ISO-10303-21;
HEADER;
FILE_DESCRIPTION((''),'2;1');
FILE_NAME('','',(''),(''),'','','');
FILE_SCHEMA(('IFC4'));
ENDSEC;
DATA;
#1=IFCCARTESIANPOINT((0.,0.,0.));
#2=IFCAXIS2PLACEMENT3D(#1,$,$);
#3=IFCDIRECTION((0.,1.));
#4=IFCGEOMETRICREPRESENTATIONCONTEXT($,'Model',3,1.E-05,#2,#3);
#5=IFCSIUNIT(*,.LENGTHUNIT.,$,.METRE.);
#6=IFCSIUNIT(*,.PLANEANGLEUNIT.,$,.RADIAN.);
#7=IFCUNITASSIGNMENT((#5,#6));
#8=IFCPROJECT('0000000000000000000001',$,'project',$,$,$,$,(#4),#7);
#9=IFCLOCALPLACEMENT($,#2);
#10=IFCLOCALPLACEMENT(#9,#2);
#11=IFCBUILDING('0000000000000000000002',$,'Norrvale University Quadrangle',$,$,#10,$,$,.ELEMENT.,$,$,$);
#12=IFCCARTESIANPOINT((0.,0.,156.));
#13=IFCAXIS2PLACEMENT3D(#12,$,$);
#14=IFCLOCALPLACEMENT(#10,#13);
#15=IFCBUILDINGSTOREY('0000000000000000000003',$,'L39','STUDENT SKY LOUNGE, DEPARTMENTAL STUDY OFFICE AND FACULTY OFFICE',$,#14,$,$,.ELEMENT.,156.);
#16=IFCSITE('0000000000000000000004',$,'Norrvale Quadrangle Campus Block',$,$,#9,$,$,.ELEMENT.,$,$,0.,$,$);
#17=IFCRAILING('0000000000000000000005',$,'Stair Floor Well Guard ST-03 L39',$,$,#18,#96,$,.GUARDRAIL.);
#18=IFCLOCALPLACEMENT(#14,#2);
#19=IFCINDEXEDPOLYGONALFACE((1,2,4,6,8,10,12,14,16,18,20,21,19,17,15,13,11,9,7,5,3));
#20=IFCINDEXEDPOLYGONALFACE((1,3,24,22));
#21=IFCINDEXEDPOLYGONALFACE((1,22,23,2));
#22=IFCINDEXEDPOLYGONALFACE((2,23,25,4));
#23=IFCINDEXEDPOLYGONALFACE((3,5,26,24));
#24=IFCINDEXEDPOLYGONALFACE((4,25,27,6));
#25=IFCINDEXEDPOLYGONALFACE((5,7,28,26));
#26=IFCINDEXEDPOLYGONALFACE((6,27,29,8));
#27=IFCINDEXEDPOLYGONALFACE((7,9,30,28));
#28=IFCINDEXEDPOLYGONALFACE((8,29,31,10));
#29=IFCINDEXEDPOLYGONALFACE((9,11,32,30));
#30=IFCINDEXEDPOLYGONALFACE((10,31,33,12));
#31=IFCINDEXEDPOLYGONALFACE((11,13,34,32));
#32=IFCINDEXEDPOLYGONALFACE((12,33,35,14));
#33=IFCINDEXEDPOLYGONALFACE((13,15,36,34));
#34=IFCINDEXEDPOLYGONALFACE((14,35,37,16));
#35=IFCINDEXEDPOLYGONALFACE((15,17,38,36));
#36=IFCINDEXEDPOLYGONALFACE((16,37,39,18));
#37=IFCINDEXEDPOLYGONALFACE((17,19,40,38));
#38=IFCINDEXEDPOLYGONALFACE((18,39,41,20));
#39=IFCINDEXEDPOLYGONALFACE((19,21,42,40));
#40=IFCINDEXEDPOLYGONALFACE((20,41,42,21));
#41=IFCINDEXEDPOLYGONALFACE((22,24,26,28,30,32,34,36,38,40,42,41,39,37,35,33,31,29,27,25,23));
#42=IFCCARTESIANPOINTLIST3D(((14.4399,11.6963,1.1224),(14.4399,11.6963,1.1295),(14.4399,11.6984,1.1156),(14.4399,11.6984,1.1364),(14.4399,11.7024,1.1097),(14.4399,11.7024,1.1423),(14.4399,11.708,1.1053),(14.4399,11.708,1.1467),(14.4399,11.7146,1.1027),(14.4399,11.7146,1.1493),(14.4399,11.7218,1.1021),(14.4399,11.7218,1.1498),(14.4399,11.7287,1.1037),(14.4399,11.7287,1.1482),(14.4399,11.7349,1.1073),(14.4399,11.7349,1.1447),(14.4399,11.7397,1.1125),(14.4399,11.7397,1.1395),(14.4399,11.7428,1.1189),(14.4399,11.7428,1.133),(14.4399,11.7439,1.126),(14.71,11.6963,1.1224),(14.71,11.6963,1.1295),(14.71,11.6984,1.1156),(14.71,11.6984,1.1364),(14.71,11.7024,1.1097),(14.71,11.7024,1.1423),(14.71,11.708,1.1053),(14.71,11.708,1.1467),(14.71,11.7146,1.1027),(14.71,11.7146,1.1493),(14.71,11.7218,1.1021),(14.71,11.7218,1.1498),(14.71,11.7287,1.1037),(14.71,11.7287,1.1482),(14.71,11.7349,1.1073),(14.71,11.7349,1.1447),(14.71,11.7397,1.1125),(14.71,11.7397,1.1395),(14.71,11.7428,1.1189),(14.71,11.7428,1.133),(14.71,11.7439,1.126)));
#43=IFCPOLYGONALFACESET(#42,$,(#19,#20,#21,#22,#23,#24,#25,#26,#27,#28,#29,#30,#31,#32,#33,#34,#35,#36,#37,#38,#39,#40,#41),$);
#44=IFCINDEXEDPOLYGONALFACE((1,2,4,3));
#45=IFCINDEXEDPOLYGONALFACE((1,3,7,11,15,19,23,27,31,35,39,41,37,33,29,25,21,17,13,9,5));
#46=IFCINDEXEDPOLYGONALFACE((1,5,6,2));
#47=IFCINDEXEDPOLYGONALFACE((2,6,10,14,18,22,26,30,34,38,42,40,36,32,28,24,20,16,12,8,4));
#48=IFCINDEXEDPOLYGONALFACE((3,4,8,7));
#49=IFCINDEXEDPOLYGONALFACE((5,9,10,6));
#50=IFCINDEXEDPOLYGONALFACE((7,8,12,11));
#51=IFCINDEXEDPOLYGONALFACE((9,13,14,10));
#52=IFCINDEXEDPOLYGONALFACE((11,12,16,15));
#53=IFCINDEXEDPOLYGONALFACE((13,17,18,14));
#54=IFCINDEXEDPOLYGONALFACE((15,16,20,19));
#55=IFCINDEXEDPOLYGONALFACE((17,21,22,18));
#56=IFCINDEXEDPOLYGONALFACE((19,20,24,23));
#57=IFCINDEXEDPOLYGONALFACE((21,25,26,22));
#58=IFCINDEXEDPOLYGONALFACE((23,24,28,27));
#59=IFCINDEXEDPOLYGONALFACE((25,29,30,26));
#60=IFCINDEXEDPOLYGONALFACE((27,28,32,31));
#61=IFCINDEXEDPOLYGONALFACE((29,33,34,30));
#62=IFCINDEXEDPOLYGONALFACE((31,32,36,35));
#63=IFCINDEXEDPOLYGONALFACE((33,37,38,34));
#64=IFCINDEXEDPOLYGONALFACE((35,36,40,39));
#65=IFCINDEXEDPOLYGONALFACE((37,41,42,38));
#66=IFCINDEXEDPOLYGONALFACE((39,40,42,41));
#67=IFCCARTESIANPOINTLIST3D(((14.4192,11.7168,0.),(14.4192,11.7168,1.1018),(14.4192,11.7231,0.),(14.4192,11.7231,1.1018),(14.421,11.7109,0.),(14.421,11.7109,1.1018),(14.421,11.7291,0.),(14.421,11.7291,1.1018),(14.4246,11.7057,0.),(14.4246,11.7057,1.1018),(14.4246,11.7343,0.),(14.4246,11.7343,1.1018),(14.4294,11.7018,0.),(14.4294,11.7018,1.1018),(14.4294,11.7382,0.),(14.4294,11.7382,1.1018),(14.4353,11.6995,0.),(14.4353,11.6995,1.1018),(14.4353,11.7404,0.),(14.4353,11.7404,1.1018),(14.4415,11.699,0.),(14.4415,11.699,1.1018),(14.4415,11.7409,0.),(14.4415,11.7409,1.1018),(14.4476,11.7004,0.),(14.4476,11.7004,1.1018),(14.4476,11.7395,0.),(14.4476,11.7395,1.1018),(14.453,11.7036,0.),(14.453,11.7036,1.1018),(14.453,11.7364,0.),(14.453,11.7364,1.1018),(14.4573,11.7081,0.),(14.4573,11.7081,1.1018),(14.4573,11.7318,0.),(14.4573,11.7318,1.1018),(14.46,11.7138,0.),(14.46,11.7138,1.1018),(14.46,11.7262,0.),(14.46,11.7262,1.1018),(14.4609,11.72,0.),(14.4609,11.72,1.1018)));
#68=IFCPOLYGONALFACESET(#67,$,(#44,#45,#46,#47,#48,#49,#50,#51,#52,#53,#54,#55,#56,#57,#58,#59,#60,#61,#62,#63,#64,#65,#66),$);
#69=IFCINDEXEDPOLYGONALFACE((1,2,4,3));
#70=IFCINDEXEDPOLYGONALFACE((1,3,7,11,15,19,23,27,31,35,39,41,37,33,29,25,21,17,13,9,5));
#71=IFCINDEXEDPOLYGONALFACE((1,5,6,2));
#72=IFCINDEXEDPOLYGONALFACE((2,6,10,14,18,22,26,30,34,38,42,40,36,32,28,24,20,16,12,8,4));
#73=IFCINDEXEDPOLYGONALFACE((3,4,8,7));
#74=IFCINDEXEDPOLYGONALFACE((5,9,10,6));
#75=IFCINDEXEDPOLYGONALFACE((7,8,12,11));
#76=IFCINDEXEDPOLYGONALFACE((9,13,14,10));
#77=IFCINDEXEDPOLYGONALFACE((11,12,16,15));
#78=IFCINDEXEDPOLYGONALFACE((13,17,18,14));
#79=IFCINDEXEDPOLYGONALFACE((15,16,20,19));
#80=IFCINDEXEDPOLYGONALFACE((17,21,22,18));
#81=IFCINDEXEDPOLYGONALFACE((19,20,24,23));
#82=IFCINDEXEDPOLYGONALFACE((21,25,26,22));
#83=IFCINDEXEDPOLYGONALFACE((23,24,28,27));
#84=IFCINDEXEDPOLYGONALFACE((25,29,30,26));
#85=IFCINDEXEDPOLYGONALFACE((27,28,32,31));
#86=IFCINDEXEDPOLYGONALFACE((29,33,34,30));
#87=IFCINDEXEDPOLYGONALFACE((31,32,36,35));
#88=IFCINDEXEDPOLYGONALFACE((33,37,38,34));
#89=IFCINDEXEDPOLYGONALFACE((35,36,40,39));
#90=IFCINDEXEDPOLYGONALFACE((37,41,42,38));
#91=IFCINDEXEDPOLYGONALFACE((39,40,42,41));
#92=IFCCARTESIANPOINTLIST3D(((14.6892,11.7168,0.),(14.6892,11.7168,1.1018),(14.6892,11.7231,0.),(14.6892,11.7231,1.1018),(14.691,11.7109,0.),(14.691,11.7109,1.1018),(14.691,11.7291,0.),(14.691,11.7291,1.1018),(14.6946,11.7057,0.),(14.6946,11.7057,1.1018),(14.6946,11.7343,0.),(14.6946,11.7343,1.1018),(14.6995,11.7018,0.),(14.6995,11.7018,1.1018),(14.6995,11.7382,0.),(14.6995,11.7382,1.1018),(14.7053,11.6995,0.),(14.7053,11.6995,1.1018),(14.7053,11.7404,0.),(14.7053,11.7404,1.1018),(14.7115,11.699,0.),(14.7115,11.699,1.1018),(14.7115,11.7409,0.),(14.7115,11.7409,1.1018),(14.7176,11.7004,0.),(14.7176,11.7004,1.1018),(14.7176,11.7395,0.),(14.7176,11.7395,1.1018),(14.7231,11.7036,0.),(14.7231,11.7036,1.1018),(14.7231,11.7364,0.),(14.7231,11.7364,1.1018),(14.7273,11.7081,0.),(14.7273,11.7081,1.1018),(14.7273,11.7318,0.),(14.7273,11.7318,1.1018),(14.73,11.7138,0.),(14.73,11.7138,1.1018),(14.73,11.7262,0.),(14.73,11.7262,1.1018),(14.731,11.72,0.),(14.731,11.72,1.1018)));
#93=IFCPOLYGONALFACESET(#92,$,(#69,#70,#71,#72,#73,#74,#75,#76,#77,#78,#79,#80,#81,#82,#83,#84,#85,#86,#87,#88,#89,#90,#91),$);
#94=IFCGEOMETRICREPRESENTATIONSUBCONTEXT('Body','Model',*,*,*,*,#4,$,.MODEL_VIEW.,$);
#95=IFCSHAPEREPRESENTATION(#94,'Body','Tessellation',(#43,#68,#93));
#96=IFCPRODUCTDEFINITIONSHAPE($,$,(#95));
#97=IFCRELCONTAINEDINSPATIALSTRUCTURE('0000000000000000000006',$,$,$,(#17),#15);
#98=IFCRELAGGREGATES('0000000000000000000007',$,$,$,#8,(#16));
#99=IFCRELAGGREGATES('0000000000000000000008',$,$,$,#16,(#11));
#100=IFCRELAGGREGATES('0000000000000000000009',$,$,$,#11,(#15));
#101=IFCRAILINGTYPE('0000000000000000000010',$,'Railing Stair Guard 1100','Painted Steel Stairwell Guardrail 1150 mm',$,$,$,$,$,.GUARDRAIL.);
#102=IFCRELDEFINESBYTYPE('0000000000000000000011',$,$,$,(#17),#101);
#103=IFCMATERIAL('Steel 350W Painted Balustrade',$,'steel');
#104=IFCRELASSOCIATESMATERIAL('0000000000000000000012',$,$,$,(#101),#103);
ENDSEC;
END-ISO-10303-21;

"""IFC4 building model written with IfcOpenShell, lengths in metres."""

from ifc_helpers import new_model, si_unit, direction, frame, origin, origin_2d, place, context, subcontext, project, spatial, circle, extrude, material, type_object, element, save


model = new_model("IFC4")

# Units and contexts
model_context = context("Model", 3, precision=1e-05, world=origin(), true_north=direction((0.0, 1.0)))
body_context = subcontext(model_context, "Body", "Model", "MODEL_VIEW")
ifc_project = project(units=[si_unit("LENGTHUNIT", "METRE"), si_unit("PLANEANGLEUNIT", "RADIAN")], contexts=[model_context])

# Site, building, storey
site_placement = place(None, origin())
site = spatial("IfcSite", under=ifc_project, at=site_placement, Name="Norrvale Quadrangle Campus Block", CompositionType="ELEMENT", RefElevation=0.0)
building_placement = place(site_placement, origin())
building = spatial("IfcBuilding", under=site, at=building_placement, Name="Norrvale University Quadrangle", CompositionType="ELEMENT")
storey_placement = place(building_placement, frame((0.0, 0.0, 156.0)))
storey = spatial("IfcBuildingStorey", under=building, at=storey_placement, Name="L39", Description="STUDENT SKY LOUNGE, DEPARTMENTAL STUDY OFFICE AND FACULTY OFFICE", CompositionType="ELEMENT", Elevation=156.0)

# Railing
ifc_material_1 = material(Name="Steel 350W Painted Balustrade", Category="steel")
railing_type_1 = type_object("IfcRailingType", Name="Railing Stair Guard 1100", Description="Painted Steel Stairwell Guardrail 1150 mm", PredefinedType="GUARDRAIL", material=ifc_material_1)
railing_1_placement = place(storey_placement, frame((14.4399, 11.72, 0.0)))
element("IfcRailing", 1, at=railing_1_placement, inside=storey, type_object=railing_type_1, Name="Stair Floor Well Guard ST-03 L39", PredefinedType="GUARDRAIL", context=body_context, shape_type="SweptSolid", body=[
    extrude(circle(Radius=0.0239, at=origin_2d()), frame((0.0, 0.0, 1.126), z_axis=(1.0, 0.0, 0.0), x_axis=(0.0, 1.0, 0.0)), (0.0, 0.0, 1.0), 0.27),
    extrude(circle(Radius=0.021, at=origin_2d()), origin(), (0.0, 0.0, 1.0), 1.1018),
    extrude(circle(Radius=0.021, at=origin_2d()), frame((0.27, 0.0, 0.0)), (0.0, 0.0, 1.0), 1.1018),
])

save(model, "model.ifc")
